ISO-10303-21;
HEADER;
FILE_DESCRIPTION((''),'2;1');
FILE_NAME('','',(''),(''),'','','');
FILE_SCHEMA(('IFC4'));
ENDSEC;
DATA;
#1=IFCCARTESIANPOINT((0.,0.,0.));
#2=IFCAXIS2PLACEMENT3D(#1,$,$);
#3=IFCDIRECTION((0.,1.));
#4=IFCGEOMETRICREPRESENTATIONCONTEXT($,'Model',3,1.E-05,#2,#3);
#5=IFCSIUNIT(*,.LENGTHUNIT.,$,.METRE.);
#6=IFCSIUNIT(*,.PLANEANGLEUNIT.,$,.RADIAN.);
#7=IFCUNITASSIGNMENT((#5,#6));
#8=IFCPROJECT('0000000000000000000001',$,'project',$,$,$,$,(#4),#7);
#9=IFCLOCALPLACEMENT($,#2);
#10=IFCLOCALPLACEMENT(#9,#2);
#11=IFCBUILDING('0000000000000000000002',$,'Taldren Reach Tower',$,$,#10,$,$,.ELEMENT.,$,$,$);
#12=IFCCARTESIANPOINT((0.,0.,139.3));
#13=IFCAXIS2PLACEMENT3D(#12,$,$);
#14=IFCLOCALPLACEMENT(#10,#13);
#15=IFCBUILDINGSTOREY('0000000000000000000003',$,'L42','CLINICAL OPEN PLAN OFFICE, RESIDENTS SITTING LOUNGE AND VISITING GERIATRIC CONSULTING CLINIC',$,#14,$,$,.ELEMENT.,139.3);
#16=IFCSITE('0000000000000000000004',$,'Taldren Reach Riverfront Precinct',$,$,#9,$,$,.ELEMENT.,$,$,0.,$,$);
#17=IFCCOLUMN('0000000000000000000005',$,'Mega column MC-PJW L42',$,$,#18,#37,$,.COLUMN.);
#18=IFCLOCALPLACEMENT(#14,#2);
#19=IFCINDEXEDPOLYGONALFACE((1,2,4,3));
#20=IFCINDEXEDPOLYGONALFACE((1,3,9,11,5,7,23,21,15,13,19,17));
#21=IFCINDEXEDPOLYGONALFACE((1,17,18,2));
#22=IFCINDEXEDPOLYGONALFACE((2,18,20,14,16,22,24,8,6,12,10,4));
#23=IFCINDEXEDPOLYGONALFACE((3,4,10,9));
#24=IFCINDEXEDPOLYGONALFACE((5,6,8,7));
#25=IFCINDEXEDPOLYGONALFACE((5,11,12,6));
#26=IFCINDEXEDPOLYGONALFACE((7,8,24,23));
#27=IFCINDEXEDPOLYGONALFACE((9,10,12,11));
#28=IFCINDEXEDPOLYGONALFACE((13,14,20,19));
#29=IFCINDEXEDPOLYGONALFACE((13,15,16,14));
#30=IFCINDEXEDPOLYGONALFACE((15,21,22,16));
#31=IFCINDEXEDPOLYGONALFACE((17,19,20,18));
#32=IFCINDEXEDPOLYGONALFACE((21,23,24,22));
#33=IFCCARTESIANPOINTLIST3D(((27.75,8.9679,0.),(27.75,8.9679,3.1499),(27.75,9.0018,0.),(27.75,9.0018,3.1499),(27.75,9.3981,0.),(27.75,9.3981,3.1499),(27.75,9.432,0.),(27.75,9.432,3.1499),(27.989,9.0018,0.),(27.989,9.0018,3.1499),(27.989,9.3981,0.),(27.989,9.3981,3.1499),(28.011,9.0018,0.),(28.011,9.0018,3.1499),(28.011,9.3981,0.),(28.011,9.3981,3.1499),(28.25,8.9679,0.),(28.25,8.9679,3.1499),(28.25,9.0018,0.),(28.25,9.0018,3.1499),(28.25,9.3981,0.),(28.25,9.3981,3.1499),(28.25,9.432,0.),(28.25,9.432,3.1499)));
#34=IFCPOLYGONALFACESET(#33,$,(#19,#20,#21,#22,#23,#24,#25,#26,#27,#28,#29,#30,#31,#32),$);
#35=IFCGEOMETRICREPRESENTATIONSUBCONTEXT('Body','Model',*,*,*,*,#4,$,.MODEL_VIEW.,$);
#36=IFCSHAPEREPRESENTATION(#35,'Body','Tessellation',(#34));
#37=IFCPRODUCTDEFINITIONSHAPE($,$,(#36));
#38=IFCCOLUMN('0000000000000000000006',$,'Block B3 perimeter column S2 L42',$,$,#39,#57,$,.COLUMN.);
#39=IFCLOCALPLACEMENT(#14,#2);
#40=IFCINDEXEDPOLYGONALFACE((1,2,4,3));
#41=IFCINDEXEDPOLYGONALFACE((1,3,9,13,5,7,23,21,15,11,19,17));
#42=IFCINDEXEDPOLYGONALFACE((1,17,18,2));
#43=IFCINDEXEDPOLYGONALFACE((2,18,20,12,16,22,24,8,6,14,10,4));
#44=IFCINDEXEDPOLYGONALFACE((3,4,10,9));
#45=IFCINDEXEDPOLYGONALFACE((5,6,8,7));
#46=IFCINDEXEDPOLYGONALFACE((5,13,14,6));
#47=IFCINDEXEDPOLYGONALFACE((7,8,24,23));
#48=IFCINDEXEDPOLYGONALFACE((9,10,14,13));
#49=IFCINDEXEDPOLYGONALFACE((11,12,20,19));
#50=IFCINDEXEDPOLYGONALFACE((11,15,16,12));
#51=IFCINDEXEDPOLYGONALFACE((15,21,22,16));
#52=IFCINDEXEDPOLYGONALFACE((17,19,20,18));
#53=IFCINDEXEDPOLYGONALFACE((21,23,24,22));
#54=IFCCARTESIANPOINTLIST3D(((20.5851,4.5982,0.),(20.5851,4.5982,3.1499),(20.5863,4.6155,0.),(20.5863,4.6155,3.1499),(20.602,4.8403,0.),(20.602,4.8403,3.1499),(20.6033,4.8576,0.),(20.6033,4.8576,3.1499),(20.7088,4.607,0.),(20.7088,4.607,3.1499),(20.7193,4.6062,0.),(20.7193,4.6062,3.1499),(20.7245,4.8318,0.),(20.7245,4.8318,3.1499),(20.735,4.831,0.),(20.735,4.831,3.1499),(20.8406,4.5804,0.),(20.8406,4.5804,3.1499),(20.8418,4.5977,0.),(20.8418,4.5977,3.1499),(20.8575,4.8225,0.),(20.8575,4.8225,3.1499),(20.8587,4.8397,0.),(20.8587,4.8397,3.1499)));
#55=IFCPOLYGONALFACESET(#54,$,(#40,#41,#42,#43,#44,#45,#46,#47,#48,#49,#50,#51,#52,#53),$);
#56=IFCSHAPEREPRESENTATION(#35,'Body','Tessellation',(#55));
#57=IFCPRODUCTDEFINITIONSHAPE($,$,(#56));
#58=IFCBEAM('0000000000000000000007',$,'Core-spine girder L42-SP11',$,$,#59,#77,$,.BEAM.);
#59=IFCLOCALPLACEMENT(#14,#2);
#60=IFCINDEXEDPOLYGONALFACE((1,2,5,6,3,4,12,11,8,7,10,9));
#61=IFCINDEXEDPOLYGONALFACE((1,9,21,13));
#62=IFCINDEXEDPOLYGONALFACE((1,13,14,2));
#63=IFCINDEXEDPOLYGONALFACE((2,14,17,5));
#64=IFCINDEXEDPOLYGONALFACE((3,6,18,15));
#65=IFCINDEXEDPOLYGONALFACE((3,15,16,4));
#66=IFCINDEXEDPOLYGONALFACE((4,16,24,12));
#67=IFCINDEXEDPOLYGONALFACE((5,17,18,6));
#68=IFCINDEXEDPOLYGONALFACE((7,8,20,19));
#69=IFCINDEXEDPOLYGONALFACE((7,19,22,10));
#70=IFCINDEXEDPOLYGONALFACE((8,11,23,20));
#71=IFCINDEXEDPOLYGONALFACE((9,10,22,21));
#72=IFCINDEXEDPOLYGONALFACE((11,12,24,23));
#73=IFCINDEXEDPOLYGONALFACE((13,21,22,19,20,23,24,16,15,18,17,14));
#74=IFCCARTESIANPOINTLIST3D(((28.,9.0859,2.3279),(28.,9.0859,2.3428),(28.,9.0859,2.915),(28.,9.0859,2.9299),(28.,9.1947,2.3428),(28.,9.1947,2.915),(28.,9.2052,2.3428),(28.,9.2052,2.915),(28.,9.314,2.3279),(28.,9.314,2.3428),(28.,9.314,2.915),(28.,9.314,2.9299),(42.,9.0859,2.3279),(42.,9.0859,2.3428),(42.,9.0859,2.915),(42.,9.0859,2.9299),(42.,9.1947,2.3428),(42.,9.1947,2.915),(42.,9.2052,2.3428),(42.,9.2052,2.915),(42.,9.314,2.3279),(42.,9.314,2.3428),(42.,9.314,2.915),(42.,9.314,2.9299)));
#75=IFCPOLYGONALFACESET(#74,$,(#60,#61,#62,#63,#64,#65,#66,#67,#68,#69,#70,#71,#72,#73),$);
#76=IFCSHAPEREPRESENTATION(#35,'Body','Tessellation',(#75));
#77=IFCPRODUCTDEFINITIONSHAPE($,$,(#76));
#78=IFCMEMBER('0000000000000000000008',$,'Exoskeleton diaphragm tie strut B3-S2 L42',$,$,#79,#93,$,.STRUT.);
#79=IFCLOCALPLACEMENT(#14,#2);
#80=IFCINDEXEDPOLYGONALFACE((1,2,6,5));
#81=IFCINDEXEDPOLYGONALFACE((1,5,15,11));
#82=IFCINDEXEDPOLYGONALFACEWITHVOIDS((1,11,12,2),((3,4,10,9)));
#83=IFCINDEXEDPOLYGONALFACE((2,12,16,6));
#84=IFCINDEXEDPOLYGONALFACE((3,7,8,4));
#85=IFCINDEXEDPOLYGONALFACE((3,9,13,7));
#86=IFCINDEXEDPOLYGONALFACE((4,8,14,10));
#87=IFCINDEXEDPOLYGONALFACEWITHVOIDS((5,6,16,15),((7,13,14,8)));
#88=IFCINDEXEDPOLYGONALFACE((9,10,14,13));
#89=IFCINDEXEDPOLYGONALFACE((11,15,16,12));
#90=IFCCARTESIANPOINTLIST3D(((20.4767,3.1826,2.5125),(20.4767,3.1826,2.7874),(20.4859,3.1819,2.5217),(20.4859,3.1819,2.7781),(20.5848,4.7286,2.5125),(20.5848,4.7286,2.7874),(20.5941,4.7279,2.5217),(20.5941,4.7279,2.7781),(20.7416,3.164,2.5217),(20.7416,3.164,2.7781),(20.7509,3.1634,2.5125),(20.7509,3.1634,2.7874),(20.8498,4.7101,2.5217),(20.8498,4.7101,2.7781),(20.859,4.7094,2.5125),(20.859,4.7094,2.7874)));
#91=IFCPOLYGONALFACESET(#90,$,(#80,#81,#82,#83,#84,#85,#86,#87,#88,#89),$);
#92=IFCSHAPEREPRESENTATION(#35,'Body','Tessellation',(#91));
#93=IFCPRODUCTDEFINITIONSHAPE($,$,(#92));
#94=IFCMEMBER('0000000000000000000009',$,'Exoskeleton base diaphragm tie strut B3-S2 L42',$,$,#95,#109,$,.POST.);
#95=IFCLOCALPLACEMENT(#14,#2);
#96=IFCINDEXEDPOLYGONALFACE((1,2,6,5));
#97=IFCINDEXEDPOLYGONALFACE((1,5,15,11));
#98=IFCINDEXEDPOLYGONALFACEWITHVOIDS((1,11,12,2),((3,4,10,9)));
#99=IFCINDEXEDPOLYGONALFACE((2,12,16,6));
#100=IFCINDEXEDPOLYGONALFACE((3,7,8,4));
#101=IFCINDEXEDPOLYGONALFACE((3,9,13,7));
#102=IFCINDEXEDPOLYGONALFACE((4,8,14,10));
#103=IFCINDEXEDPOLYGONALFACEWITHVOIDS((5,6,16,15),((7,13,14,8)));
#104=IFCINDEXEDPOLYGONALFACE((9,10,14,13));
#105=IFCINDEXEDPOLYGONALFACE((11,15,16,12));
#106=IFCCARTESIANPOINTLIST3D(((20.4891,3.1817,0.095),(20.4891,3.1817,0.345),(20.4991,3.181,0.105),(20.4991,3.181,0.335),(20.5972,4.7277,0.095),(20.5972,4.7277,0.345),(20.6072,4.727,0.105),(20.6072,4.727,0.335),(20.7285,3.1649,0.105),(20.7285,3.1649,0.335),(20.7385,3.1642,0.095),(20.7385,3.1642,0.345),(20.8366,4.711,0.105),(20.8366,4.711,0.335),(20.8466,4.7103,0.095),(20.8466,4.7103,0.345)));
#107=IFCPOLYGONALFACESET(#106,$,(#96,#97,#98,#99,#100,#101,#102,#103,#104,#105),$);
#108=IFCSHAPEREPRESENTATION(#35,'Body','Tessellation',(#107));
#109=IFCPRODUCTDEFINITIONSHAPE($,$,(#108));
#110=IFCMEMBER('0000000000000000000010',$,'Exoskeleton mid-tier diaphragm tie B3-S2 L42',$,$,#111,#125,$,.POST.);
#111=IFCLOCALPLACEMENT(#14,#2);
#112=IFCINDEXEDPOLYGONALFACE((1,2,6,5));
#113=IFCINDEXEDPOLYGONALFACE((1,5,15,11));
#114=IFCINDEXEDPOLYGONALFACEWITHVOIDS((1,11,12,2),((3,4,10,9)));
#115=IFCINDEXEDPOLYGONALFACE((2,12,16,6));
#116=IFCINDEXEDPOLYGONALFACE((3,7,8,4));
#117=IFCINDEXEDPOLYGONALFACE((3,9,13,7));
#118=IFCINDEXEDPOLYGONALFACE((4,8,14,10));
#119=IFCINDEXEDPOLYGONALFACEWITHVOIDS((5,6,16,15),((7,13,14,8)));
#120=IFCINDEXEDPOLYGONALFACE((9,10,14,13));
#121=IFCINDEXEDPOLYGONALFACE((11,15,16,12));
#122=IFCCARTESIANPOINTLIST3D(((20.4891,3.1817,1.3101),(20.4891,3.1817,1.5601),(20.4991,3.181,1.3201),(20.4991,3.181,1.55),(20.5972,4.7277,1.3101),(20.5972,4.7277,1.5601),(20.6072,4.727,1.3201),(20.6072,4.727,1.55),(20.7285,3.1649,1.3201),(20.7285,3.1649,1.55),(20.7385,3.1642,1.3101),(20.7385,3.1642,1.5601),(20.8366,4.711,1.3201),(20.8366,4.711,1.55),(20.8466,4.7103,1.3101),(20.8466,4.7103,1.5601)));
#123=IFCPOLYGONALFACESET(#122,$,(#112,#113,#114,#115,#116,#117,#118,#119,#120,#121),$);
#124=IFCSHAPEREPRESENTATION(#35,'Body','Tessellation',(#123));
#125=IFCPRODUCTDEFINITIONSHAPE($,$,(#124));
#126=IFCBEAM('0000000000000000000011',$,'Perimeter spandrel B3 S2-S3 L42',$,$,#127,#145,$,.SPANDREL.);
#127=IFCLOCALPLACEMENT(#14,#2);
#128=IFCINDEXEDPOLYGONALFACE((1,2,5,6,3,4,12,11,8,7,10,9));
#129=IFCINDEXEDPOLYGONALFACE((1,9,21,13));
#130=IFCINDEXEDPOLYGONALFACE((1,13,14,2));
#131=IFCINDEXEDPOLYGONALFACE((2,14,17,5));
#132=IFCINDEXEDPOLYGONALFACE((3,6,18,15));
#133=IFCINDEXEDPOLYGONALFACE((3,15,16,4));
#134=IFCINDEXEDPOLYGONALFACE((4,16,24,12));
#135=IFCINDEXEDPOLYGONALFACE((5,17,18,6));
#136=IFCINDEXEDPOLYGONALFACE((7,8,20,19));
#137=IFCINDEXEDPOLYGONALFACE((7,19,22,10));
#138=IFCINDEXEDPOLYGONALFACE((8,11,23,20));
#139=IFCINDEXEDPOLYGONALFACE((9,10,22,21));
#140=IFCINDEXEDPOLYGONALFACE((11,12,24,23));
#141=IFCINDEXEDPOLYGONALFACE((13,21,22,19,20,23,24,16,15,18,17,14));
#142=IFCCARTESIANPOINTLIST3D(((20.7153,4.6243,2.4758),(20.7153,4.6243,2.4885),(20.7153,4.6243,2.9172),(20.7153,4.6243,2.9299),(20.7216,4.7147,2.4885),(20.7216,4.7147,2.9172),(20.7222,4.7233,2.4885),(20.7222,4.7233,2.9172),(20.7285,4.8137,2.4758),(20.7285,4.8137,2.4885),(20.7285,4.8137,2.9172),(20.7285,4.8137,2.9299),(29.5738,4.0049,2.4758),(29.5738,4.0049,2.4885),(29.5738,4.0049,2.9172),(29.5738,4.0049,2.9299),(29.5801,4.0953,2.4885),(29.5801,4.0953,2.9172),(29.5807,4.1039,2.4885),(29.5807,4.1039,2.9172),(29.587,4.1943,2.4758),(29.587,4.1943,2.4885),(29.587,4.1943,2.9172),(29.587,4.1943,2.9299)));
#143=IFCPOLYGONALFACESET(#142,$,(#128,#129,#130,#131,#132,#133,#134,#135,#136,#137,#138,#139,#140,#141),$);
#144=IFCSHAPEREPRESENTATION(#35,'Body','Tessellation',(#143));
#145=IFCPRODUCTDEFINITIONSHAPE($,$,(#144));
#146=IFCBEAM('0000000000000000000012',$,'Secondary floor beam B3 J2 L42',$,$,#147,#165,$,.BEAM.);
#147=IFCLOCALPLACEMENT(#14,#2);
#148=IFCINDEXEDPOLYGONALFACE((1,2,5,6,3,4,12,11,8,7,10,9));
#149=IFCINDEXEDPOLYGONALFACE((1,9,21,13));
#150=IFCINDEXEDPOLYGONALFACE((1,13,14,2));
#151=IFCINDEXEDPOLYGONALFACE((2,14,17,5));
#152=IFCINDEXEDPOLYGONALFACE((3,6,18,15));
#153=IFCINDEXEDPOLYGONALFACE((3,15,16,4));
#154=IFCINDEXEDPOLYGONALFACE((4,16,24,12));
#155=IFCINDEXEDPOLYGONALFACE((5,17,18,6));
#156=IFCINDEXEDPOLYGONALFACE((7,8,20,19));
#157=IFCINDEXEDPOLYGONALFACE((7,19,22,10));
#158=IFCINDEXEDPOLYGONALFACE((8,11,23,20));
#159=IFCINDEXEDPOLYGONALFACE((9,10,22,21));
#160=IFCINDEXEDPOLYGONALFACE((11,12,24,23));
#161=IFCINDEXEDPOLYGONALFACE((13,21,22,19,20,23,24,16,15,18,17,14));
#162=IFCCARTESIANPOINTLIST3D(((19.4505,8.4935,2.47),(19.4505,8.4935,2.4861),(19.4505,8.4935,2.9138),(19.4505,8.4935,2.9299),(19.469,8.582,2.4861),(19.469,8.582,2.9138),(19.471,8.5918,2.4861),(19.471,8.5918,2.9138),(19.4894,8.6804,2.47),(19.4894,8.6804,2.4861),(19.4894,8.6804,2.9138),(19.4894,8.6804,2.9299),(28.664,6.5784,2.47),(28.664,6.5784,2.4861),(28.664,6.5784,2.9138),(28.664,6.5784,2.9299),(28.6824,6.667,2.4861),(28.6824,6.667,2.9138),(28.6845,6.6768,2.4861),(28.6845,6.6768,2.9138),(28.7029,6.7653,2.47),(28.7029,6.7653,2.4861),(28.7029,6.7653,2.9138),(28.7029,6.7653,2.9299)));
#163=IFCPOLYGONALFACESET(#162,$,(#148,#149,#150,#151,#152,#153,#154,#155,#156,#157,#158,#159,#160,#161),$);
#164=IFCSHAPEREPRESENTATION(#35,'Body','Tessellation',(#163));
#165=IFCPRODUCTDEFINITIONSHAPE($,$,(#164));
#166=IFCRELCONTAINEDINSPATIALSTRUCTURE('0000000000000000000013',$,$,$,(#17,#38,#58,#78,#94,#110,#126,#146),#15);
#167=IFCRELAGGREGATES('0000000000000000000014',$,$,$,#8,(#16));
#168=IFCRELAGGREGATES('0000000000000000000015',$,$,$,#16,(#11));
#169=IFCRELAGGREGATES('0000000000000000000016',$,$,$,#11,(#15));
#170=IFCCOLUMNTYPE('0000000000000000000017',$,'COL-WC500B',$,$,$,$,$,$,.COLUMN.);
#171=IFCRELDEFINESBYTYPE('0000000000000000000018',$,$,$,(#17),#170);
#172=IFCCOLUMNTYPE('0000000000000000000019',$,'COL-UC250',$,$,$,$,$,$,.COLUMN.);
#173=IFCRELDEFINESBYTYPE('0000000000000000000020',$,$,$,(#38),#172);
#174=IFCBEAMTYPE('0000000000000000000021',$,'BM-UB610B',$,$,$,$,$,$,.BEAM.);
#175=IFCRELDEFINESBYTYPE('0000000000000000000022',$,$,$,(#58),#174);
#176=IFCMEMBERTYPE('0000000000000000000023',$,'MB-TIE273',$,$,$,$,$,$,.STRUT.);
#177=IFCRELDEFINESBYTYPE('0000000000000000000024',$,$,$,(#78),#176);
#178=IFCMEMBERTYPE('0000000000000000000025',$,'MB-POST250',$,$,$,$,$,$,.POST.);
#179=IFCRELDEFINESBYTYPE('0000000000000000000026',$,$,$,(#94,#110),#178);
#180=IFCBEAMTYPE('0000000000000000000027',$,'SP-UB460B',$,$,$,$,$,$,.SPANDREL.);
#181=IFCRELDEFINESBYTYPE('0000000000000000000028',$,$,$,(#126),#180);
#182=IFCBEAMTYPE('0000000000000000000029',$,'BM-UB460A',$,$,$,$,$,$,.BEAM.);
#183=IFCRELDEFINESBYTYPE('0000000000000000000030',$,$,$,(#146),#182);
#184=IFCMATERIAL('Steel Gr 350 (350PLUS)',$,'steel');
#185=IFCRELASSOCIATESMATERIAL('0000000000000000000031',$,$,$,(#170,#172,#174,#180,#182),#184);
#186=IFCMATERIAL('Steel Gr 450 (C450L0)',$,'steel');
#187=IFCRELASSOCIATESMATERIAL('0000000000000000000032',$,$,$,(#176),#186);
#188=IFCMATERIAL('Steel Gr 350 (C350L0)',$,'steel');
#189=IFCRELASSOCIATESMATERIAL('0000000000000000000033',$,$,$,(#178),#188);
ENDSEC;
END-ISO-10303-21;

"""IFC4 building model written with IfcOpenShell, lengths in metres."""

from ifc_helpers import new_model, si_unit, direction, frame, origin, origin_2d, place, context, subcontext, project, spatial, hollow_rectangle, i_section, extrude, source, transform, mapped, material, material_profile, profile_set, type_object, element, save


model = new_model("IFC4")

# Units and contexts
model_context = context("Model", 3, precision=1e-05, world=origin(), true_north=direction((0.0, 1.0)))
body_context = subcontext(model_context, "Body", "Model", "MODEL_VIEW")
ifc_project = project(units=[si_unit("LENGTHUNIT", "METRE"), si_unit("PLANEANGLEUNIT", "RADIAN")], contexts=[model_context])

# Site, building, storey
site_placement = place(None, origin())
site = spatial("IfcSite", under=ifc_project, at=site_placement, Name="Taldren Reach Riverfront Precinct", CompositionType="ELEMENT", RefElevation=0.0)
building_placement = place(site_placement, origin())
building = spatial("IfcBuilding", under=site, at=building_placement, Name="Taldren Reach Tower", CompositionType="ELEMENT")
storey_placement = place(building_placement, frame((0.0, 0.0, 139.3)))
storey = spatial("IfcBuildingStorey", under=building, at=storey_placement, Name="L42", Description="CLINICAL OPEN PLAN OFFICE, RESIDENTS SITTING LOUNGE AND VISITING GERIATRIC CONSULTING CLINIC", CompositionType="ELEMENT", Elevation=139.3)

# Columns
ifc_material_1 = material(Name="Steel Gr 350 (350PLUS)", Category="steel")
ifc_material_profile_1 = material_profile(ifc_material_1, i_section(OverallWidth=0.5, OverallDepth=0.4641, WebThickness=0.022, FlangeThickness=0.0339, at=origin_2d()), Name="500WC340")
ifc_profile_set_1 = profile_set([ifc_material_profile_1], Name="Steel Gr 350 (350PLUS)")
column_type_1 = type_object("IfcColumnType", Name="COL-WC500B", PredefinedType="COLUMN", material=ifc_profile_set_1)
shared_shape_1 = source(origin(), body_context, "Body", "SweptSolid", [
    extrude(i_section(OverallWidth=0.5, OverallDepth=0.4641, WebThickness=0.022, FlangeThickness=0.0339, at=origin_2d()), origin(), (0.0, 0.0, 1.0), 3.1499),
])
column_1_placement = place(storey_placement, frame((28.0, 9.2, 0.0), z_axis=(0.0, 0.0, 1.0), x_axis=(1.0, 0.0, 0.0)))
element("IfcColumn", 1, at=column_1_placement, inside=storey, type_object=column_type_1, Name="Mega column MC-PJW L42", PredefinedType="COLUMN", context=body_context, shape_type="MappedRepresentation", body=[
    mapped(shared_shape_1, transform((0.0, 0.0, 0.0), scale=1.0)),
])
ifc_material_profile_2 = material_profile(ifc_material_1, i_section(OverallWidth=0.2561, OverallDepth=0.26, WebThickness=0.0105, FlangeThickness=0.0173, at=origin_2d()), Name="250UC89.5")
ifc_profile_set_2 = profile_set([ifc_material_profile_2], Name="Steel Gr 350 (350PLUS)")
column_type_2 = type_object("IfcColumnType", Name="COL-UC250", PredefinedType="COLUMN", material=ifc_profile_set_2)
shared_shape_2 = source(origin(), body_context, "Body", "SweptSolid", [
    extrude(i_section(OverallWidth=0.2561, OverallDepth=0.26, WebThickness=0.0105, FlangeThickness=0.0173, at=origin_2d()), origin(), (0.0, 0.0, 1.0), 3.1499),
])
column_2_placement = place(storey_placement, frame((20.7219, 4.719, 0.0), z_axis=(0.0, 0.0, 1.0), x_axis=(0.997564, -0.069756, 0.0)))
element("IfcColumn", 2, at=column_2_placement, inside=storey, type_object=column_type_2, Name="Block B3 perimeter column S2 L42", PredefinedType="COLUMN", context=body_context, shape_type="MappedRepresentation", body=[
    mapped(shared_shape_2, transform((0.0, 0.0, 0.0), scale=1.0)),
])

# Beam
ifc_material_profile_3 = material_profile(ifc_material_1, i_section(OverallWidth=0.228, OverallDepth=0.6021, WebThickness=0.0105, FlangeThickness=0.0149, at=origin_2d()), Name="610UB101")
ifc_profile_set_3 = profile_set([ifc_material_profile_3], Name="Steel Gr 350 (350PLUS)")
beam_type_1 = type_object("IfcBeamType", Name="BM-UB610B", PredefinedType="BEAM", material=ifc_profile_set_3)
shared_shape_3 = source(origin(), body_context, "Body", "SweptSolid", [
    extrude(i_section(OverallWidth=0.228, OverallDepth=0.6021, WebThickness=0.0105, FlangeThickness=0.0149, at=origin_2d()), origin(), (0.0, 0.0, 1.0), 14.0),
])
beam_1_placement = place(storey_placement, frame((28.0, 9.2, 2.6289), z_axis=(1.0, 0.0, 0.0), x_axis=(0.0, 1.0, 0.0)))
element("IfcBeam", 3, at=beam_1_placement, inside=storey, type_object=beam_type_1, Name="Core-spine girder L42-SP11", PredefinedType="BEAM", context=body_context, shape_type="MappedRepresentation", body=[
    mapped(shared_shape_3, transform((0.0, 0.0, 0.0), scale=1.0)),
])

# Members
ifc_material_2 = material(Name="Steel Gr 450 (C450L0)", Category="steel")
ifc_material_profile_4 = material_profile(ifc_material_2, hollow_rectangle(XDim=0.2749, YDim=0.2749, WallThickness=0.0093, at=origin_2d()), Name="275x275x9.3SHS")
ifc_profile_set_4 = profile_set([ifc_material_profile_4], Name="Steel Gr 450 (C450L0)")
member_type_1 = type_object("IfcMemberType", Name="MB-TIE273", PredefinedType="STRUT", material=ifc_profile_set_4)
shared_shape_4 = source(origin(), body_context, "Body", "SweptSolid", [
    extrude(hollow_rectangle(XDim=0.2749, YDim=0.2749, WallThickness=0.0093, at=origin_2d()), origin(), (0.0, 0.0, 1.0), 1.5498),
])
member_1_placement = place(storey_placement, frame((20.7219, 4.719, 2.6499), z_axis=(-0.069781, -0.997562, 0.0), x_axis=(0.997562, -0.069781, 0.0)))
element("IfcMember", 4, at=member_1_placement, inside=storey, type_object=member_type_1, Name="Exoskeleton diaphragm tie strut B3-S2 L42", PredefinedType="STRUT", context=body_context, shape_type="MappedRepresentation", body=[
    mapped(shared_shape_4, transform((0.0, 0.0, 0.0), scale=1.0)),
])
ifc_material_3 = material(Name="Steel Gr 350 (C350L0)", Category="steel")
ifc_material_profile_5 = material_profile(ifc_material_3, hollow_rectangle(XDim=0.25, YDim=0.25, WallThickness=0.01, at=origin_2d()), Name="250x250x10.0SHS")
ifc_profile_set_5 = profile_set([ifc_material_profile_5], Name="Steel Gr 350 (C350L0)")
member_type_2 = type_object("IfcMemberType", Name="MB-POST250", PredefinedType="POST", material=ifc_profile_set_5)
shared_shape_5 = source(origin(), body_context, "Body", "SweptSolid", [
    extrude(hollow_rectangle(XDim=0.25, YDim=0.25, WallThickness=0.01, at=origin_2d()), origin(), (0.0, 0.0, 1.0), 1.5498),
])
for number, where, z_axis, x_axis, name in (
    (5, (20.7219, 4.719, 0.22), (-0.069781, -0.997562, 0.0), (0.997562, -0.069781, 0.0), "Exoskeleton base diaphragm tie strut B3-S2 L42"),
    (6, (20.7219, 4.719, 1.4351), (-0.069781, -0.997562, 0.0), (0.997562, -0.069781, 0.0), "Exoskeleton mid-tier diaphragm tie B3-S2 L42"),
):
    element("IfcMember", number, at=place(storey_placement, frame(where, z_axis=z_axis, x_axis=x_axis)), inside=storey, type_object=member_type_2, Name=name, PredefinedType="POST", context=body_context, shape_type="MappedRepresentation", body=[
        mapped(shared_shape_5, transform((0.0, 0.0, 0.0), scale=1.0)),
    ])

# Beams
ifc_material_profile_6 = material_profile(ifc_material_1, i_section(OverallWidth=0.1899, OverallDepth=0.4541, WebThickness=0.0085, FlangeThickness=0.0127, at=origin_2d()), Name="460UB67.1")
ifc_profile_set_6 = profile_set([ifc_material_profile_6], Name="Steel Gr 350 (350PLUS)")
beam_type_2 = type_object("IfcBeamType", Name="SP-UB460B", PredefinedType="SPANDREL", material=ifc_profile_set_6)
shared_shape_6 = source(origin(), body_context, "Body", "SweptSolid", [
    extrude(i_section(OverallWidth=0.1899, OverallDepth=0.4541, WebThickness=0.0085, FlangeThickness=0.0127, at=origin_2d()), origin(), (0.0, 0.0, 1.0), 8.8801),
])
beam_2_placement = place(storey_placement, frame((20.7219, 4.719, 2.7029), z_axis=(0.997564, -0.06975, 0.0), x_axis=(0.06975, 0.997564, 0.0)))
element("IfcBeam", 7, at=beam_2_placement, inside=storey, type_object=beam_type_2, Name="Perimeter spandrel B3 S2-S3 L42", PredefinedType="SPANDREL", context=body_context, shape_type="MappedRepresentation", body=[
    mapped(shared_shape_6, transform((0.0, 0.0, 0.0), scale=1.0)),
])
ifc_material_profile_7 = material_profile(ifc_material_1, i_section(OverallWidth=0.1909, OverallDepth=0.46, WebThickness=0.01, FlangeThickness=0.0161, at=origin_2d()), Name="460UB82.1")
ifc_profile_set_7 = profile_set([ifc_material_profile_7], Name="Steel Gr 350 (350PLUS)")
beam_type_3 = type_object("IfcBeamType", Name="BM-UB460A", PredefinedType="BEAM", material=ifc_profile_set_7)
shared_shape_7 = source(origin(), body_context, "Body", "SweptSolid", [
    extrude(i_section(OverallWidth=0.1909, OverallDepth=0.46, WebThickness=0.01, FlangeThickness=0.0161, at=origin_2d()), origin(), (0.0, 0.0, 1.0), 9.4104),
])
beam_3_placement = place(storey_placement, frame((19.47, 8.5869, 2.7), z_axis=(0.979074, -0.203505, 0.0), x_axis=(0.203505, 0.979074, 0.0)))
element("IfcBeam", 8, at=beam_3_placement, inside=storey, type_object=beam_type_3, Name="Secondary floor beam B3 J2 L42", PredefinedType="BEAM", context=body_context, shape_type="MappedRepresentation", body=[
    mapped(shared_shape_7, transform((0.0, 0.0, 0.0), scale=1.0)),
])

save(model, "model.ifc")
